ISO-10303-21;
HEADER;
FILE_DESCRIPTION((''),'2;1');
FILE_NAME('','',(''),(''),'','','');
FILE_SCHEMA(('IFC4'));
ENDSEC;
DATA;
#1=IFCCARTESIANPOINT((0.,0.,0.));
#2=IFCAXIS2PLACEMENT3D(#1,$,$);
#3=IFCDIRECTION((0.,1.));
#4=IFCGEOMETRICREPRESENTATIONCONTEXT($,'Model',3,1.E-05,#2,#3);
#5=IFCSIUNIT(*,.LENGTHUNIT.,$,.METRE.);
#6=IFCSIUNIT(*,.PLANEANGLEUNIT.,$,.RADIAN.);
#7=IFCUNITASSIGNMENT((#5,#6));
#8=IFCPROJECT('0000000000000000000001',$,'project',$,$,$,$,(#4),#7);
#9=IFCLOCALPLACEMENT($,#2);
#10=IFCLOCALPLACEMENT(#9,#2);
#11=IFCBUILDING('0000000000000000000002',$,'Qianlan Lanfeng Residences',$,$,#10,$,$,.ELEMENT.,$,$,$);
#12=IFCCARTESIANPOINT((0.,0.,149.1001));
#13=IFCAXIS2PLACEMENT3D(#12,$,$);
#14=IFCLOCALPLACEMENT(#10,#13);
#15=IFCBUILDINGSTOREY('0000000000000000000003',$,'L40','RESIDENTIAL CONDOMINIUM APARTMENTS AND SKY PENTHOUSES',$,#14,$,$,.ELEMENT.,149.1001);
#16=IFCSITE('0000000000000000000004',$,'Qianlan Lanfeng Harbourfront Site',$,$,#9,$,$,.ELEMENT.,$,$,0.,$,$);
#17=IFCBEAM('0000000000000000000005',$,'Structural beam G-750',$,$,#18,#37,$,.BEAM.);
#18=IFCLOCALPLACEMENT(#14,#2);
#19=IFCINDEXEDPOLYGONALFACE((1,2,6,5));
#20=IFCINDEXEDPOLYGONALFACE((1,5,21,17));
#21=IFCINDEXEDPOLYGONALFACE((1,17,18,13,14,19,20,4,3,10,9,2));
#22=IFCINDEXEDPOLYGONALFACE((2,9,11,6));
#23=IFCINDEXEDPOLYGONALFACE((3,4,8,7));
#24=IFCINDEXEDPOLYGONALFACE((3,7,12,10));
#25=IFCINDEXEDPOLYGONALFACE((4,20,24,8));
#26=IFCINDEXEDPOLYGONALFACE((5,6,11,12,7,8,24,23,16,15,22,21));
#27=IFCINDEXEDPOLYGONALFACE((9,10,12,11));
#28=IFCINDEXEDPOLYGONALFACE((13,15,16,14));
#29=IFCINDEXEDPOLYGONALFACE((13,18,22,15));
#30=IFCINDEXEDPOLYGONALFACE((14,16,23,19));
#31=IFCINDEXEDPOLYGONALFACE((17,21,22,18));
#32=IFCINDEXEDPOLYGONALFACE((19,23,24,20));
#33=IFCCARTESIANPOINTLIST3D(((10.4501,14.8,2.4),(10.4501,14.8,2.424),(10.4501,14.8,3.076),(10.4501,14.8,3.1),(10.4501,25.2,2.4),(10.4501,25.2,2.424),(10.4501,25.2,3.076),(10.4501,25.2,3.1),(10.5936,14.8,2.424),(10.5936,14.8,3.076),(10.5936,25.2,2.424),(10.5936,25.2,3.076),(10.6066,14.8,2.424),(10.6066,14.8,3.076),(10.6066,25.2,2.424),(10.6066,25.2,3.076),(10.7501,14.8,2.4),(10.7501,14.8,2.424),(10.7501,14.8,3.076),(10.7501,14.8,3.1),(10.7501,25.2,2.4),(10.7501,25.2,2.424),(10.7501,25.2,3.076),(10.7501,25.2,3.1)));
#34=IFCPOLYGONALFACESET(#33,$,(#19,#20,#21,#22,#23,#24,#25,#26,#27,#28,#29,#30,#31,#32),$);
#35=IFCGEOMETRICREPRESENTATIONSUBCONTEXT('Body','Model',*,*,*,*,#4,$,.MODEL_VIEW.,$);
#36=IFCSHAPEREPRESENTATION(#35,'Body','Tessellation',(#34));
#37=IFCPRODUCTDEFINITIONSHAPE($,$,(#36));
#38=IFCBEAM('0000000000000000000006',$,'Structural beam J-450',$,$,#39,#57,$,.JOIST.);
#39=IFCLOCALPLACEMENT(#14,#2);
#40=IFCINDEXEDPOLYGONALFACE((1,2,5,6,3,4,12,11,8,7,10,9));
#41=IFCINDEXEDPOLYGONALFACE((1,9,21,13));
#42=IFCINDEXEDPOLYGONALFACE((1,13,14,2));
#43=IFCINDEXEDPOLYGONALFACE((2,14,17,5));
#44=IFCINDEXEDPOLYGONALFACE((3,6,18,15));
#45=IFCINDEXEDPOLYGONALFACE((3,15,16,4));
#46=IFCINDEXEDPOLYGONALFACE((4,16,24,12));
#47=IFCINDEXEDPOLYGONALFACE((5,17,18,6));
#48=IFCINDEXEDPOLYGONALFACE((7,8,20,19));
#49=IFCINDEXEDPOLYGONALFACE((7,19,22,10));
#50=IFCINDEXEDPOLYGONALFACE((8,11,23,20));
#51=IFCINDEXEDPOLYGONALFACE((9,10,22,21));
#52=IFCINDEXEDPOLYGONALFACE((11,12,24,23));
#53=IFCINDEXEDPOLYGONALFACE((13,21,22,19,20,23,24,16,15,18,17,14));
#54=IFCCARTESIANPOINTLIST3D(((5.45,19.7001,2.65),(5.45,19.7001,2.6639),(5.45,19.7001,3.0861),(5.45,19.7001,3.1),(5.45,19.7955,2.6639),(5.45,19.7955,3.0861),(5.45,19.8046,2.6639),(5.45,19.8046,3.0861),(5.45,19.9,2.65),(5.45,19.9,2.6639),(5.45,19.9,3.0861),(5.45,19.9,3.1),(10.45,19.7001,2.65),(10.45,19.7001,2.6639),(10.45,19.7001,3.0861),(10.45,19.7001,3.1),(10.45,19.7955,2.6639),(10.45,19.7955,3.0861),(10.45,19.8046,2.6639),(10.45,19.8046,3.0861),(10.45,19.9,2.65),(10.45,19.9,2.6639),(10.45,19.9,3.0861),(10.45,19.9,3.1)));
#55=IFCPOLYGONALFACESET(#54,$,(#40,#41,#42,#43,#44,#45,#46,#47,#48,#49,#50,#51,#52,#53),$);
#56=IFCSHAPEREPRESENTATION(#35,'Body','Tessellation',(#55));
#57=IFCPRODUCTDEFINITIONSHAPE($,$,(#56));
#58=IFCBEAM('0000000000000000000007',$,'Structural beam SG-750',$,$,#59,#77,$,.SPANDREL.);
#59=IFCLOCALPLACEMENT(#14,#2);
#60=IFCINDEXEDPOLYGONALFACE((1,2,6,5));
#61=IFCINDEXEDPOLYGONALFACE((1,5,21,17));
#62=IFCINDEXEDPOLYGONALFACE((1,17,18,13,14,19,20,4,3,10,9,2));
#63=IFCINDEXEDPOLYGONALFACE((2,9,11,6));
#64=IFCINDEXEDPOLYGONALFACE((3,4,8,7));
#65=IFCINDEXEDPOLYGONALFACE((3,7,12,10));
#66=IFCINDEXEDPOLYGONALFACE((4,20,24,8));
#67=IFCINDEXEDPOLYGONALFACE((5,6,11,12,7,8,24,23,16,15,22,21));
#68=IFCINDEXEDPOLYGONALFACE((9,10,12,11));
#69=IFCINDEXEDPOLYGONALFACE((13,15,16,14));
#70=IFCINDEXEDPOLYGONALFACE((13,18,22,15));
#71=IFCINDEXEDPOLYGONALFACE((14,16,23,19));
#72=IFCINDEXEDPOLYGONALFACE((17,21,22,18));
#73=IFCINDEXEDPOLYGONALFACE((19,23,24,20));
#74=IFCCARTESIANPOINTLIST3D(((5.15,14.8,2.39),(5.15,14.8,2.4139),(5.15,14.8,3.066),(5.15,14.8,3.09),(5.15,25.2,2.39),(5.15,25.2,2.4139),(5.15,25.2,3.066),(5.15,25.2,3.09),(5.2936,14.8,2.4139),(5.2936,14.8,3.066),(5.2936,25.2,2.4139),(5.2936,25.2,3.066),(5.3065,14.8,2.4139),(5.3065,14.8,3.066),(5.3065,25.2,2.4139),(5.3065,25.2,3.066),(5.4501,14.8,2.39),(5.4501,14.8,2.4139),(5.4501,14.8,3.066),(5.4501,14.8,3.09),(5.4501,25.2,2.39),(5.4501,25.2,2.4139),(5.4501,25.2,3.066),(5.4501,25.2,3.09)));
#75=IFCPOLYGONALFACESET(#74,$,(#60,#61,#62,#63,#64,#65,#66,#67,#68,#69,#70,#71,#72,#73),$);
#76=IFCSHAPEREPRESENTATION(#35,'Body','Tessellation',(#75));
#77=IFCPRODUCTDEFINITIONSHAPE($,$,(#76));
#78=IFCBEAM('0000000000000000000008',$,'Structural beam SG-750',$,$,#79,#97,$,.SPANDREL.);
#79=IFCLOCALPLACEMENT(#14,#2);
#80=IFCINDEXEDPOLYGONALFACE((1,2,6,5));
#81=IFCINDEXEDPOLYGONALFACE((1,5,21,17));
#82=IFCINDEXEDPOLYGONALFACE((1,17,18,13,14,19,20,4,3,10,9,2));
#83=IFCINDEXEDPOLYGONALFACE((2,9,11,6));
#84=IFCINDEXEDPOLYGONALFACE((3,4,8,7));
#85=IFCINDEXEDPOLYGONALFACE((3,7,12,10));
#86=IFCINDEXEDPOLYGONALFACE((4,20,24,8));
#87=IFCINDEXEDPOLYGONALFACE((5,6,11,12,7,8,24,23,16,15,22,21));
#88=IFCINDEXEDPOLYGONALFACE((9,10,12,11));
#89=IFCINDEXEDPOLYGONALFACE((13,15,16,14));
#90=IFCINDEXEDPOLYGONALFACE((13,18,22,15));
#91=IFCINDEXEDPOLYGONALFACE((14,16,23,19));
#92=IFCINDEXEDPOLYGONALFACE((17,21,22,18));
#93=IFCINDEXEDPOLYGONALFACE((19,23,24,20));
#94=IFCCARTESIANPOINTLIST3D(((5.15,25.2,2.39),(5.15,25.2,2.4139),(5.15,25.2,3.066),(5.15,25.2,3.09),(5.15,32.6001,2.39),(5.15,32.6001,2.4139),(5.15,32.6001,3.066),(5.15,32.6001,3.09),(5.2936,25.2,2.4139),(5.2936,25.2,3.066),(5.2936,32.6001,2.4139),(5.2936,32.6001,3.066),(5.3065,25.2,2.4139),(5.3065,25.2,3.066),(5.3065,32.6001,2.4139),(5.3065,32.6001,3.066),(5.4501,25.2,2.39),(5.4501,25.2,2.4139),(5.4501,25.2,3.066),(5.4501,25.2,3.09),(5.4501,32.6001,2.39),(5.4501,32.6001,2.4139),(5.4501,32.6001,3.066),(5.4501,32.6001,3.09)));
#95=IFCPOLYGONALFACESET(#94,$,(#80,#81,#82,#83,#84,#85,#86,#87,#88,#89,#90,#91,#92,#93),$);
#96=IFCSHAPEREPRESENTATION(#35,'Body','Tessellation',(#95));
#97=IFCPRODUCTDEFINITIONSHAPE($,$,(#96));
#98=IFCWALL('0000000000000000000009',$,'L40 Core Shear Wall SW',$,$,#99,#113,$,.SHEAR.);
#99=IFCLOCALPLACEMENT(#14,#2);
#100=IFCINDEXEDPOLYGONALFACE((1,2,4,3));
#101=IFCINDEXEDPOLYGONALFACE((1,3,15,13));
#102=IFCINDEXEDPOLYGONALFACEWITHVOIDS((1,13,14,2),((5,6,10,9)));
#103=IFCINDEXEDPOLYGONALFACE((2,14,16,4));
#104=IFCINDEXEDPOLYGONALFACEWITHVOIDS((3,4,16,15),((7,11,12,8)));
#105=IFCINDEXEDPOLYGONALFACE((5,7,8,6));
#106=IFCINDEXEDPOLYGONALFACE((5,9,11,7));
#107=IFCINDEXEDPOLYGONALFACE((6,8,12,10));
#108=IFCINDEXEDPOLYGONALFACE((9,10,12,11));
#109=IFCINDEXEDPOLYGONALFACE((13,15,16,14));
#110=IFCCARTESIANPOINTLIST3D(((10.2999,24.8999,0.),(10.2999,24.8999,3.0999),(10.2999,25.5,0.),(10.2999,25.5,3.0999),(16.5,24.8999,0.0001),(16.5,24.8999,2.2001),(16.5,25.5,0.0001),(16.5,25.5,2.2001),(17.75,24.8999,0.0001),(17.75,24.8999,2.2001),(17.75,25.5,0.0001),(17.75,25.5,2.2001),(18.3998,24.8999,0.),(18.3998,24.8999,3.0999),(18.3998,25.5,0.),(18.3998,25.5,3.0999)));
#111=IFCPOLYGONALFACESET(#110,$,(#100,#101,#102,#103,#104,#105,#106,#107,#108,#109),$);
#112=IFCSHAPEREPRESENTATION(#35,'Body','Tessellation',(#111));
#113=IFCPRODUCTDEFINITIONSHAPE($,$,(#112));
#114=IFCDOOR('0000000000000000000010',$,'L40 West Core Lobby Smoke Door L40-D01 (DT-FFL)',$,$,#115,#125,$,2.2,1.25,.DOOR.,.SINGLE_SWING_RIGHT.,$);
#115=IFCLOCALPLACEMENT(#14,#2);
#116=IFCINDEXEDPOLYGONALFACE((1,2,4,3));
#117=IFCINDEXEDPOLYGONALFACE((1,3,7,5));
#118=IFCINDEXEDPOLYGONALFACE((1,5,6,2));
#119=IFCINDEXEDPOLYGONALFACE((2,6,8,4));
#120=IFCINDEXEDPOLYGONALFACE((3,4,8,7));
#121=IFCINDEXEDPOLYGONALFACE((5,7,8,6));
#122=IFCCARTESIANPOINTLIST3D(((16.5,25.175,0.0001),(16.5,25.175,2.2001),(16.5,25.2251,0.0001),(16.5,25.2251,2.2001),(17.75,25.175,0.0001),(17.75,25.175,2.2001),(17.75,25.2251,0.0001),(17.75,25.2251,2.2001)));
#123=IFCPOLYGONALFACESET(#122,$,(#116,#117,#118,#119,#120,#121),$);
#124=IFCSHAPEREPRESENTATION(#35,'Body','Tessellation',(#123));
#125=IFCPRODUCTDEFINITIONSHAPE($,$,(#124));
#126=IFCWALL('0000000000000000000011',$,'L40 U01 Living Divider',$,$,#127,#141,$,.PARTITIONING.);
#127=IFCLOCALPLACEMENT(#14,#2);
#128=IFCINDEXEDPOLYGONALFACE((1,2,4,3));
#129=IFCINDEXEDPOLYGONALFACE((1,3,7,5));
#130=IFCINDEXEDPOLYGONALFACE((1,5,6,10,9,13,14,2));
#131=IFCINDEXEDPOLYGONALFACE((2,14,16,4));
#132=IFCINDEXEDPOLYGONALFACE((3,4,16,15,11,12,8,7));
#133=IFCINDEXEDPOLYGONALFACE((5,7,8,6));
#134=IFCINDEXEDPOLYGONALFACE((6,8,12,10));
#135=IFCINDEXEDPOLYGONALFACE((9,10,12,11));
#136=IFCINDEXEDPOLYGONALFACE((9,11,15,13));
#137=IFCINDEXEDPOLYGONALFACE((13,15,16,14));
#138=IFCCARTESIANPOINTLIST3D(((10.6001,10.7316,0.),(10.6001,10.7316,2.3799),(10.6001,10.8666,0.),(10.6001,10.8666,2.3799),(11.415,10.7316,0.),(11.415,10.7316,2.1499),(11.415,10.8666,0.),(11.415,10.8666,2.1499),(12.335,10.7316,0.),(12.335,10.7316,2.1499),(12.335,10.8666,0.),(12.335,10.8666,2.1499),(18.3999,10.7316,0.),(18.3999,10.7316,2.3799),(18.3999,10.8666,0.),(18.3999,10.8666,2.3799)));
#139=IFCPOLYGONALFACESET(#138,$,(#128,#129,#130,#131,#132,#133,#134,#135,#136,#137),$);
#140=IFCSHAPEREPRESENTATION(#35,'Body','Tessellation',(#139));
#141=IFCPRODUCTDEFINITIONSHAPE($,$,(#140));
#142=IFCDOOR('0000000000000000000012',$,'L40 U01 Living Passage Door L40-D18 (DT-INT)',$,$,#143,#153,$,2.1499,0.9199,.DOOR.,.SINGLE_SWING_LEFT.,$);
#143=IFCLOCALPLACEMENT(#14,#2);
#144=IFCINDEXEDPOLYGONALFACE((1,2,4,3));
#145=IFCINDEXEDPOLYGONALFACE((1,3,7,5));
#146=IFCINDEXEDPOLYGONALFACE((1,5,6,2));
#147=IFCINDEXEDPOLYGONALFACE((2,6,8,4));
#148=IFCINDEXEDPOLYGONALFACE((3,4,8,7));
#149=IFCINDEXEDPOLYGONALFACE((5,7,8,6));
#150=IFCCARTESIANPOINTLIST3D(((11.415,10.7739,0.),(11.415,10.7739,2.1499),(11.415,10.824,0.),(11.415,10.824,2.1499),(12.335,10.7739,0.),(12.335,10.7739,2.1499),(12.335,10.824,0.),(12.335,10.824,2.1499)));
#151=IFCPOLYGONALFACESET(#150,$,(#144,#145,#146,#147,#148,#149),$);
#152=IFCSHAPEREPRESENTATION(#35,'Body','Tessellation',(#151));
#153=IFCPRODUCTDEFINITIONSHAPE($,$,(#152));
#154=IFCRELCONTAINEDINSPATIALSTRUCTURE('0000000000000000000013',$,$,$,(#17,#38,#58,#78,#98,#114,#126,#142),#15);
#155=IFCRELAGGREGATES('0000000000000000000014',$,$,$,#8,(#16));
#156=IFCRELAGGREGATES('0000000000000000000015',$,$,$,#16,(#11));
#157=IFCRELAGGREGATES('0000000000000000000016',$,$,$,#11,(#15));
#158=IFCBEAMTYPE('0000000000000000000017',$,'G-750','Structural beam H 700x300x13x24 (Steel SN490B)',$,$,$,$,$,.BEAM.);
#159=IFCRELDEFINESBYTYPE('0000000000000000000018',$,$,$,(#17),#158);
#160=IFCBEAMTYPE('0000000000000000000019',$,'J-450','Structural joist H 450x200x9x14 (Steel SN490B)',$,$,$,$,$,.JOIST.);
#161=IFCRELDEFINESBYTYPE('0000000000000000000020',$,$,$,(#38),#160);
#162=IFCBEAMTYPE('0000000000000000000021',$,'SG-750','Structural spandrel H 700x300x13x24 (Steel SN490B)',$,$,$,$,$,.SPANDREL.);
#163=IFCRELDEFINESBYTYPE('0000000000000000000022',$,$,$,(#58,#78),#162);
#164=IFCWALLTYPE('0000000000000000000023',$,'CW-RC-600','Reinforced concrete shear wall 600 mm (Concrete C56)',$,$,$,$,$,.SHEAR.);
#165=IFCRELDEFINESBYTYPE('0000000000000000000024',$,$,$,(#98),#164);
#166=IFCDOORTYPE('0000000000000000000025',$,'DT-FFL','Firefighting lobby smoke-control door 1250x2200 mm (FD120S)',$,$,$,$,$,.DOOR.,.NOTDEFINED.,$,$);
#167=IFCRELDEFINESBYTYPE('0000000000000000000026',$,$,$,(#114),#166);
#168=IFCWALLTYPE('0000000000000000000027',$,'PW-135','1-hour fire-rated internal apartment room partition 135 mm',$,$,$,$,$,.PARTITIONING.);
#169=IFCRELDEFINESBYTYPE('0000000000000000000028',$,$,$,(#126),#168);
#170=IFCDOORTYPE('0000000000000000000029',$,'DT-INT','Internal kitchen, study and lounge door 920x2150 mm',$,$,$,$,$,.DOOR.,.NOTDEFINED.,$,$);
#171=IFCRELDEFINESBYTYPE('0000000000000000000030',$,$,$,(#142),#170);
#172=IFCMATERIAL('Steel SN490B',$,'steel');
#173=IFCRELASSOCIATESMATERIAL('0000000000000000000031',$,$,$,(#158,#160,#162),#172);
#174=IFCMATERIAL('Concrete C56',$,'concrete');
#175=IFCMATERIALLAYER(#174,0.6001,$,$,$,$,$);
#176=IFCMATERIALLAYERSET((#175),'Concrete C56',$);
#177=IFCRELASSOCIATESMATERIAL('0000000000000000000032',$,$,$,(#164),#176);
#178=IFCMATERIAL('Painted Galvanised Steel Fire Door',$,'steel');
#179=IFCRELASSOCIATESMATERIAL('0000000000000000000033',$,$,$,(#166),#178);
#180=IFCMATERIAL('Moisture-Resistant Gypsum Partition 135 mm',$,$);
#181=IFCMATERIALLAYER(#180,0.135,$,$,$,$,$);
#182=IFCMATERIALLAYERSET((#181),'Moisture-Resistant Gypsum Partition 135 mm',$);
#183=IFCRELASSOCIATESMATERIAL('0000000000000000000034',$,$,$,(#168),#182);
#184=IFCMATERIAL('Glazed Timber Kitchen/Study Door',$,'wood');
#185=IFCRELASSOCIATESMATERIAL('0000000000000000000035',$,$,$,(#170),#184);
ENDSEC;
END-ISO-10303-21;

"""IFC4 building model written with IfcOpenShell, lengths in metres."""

from ifc_helpers import new_model, si_unit, direction, frame, frame_2d, origin, origin_2d, place, context, subcontext, project, spatial, rectangle, i_section, extrude, material, layer, layer_set, material_profile, profile_set, type_object, element, fill, save


model = new_model("IFC4")

# Units and contexts
model_context = context("Model", 3, precision=1e-05, world=origin(), true_north=direction((0.0, 1.0)))
body_context = subcontext(model_context, "Body", "Model", "MODEL_VIEW")
ifc_project = project(units=[si_unit("LENGTHUNIT", "METRE"), si_unit("PLANEANGLEUNIT", "RADIAN")], contexts=[model_context])

# Site, building, storey
site_placement = place(None, origin())
site = spatial("IfcSite", under=ifc_project, at=site_placement, Name="Qianlan Lanfeng Harbourfront Site", CompositionType="ELEMENT", RefElevation=0.0)
building_placement = place(site_placement, origin())
building = spatial("IfcBuilding", under=site, at=building_placement, Name="Qianlan Lanfeng Residences", CompositionType="ELEMENT")
storey_placement = place(building_placement, frame((0.0, 0.0, 149.1001)))
storey = spatial("IfcBuildingStorey", under=building, at=storey_placement, Name="L40", Description="RESIDENTIAL CONDOMINIUM APARTMENTS AND SKY PENTHOUSES", CompositionType="ELEMENT", Elevation=149.1001)

# Shared definitions
ifc_material_1 = material(Name="Steel SN490B", Category="steel")

# Beams
ifc_material_profile_1 = material_profile(ifc_material_1, i_section(OverallWidth=0.3, OverallDepth=0.7, WebThickness=0.0129, FlangeThickness=0.0239, at=origin_2d()), Name="H 700x300x13x24")
ifc_profile_set_1 = profile_set([ifc_material_profile_1], Name="Steel SN490B")
beam_type_1 = type_object("IfcBeamType", Name="G-750", Description="Structural beam H 700x300x13x24 (Steel SN490B)", PredefinedType="BEAM", material=ifc_profile_set_1)
beam_1_placement = place(storey_placement, frame((10.6001, 14.8, 2.75), z_axis=(0.0, 1.0, 0.0), x_axis=(-1.0, 0.0, 0.0)))
element("IfcBeam", 1, at=beam_1_placement, inside=storey, type_object=beam_type_1, Name="Structural beam G-750", PredefinedType="BEAM", context=body_context, shape_type="SweptSolid", body=[
    extrude(i_section(OverallWidth=0.3, OverallDepth=0.7, WebThickness=0.0129, FlangeThickness=0.0239, at=origin_2d()), origin(), (0.0, 0.0, 1.0), 10.3999),
])
ifc_material_profile_2 = material_profile(ifc_material_1, i_section(OverallWidth=0.2, OverallDepth=0.45, WebThickness=0.009, FlangeThickness=0.0139, at=origin_2d()), Name="H 450x200x9x14")
ifc_profile_set_2 = profile_set([ifc_material_profile_2], Name="Steel SN490B")
beam_type_2 = type_object("IfcBeamType", Name="J-450", Description="Structural joist H 450x200x9x14 (Steel SN490B)", PredefinedType="JOIST", material=ifc_profile_set_2)
beam_2_placement = place(storey_placement, frame((5.45, 19.8, 2.875), z_axis=(1.0, 0.0, 0.0), x_axis=(0.0, 1.0, 0.0)))
element("IfcBeam", 2, at=beam_2_placement, inside=storey, type_object=beam_type_2, Name="Structural beam J-450", PredefinedType="JOIST", context=body_context, shape_type="SweptSolid", body=[
    extrude(i_section(OverallWidth=0.2, OverallDepth=0.45, WebThickness=0.009, FlangeThickness=0.0139, at=origin_2d()), origin(), (0.0, 0.0, 1.0), 5.0),
])
ifc_material_profile_3 = material_profile(ifc_material_1, i_section(OverallWidth=0.3, OverallDepth=0.7, WebThickness=0.0129, FlangeThickness=0.0239, at=origin_2d()), Name="H 700x300x13x24")
ifc_profile_set_3 = profile_set([ifc_material_profile_3], Name="Steel SN490B")
beam_type_3 = type_object("IfcBeamType", Name="SG-750", Description="Structural spandrel H 700x300x13x24 (Steel SN490B)", PredefinedType="SPANDREL", material=ifc_profile_set_3)
beam_3_placement = place(storey_placement, frame((5.3, 14.8, 2.74), z_axis=(0.0, 1.0, 0.0), x_axis=(-1.0, 0.0, 0.0)))
element("IfcBeam", 3, at=beam_3_placement, inside=storey, type_object=beam_type_3, Name="Structural beam SG-750", PredefinedType="SPANDREL", context=body_context, shape_type="SweptSolid", body=[
    extrude(i_section(OverallWidth=0.3, OverallDepth=0.7, WebThickness=0.0129, FlangeThickness=0.0239, at=origin_2d()), origin(), (0.0, 0.0, 1.0), 10.3999),
])
beam_4_placement = place(storey_placement, frame((5.3, 25.2, 2.74), z_axis=(0.0, 1.0, 0.0), x_axis=(-1.0, 0.0, 0.0)))
element("IfcBeam", 4, at=beam_4_placement, inside=storey, type_object=beam_type_3, Name="Structural beam SG-750", PredefinedType="SPANDREL", context=body_context, shape_type="SweptSolid", body=[
    extrude(i_section(OverallWidth=0.3, OverallDepth=0.7, WebThickness=0.0129, FlangeThickness=0.0239, at=origin_2d()), origin(), (0.0, 0.0, 1.0), 7.4001),
])

# Walls, openings, doors
ifc_material_2 = material(Name="Concrete C56", Category="concrete")
ifc_layer_1 = layer(ifc_material_2, 0.6001)
ifc_layer_set_1 = layer_set([ifc_layer_1], Name="Concrete C56")
wall_type_1 = type_object("IfcWallType", Name="CW-RC-600", Description="Reinforced concrete shear wall 600 mm (Concrete C56)", PredefinedType="SHEAR", material=ifc_layer_set_1)
wall_1_placement = place(storey_placement, frame((10.3, 25.2, 0.0), z_axis=(0.0, 0.0, 1.0), x_axis=(1.0, 0.0, 0.0)))
wall_1 = element("IfcWall", 5, at=wall_1_placement, inside=storey, type_object=wall_type_1, Name="L40 Core Shear Wall SW", PredefinedType="SHEAR", context=body_context, shape_type="SweptSolid", body=[
    extrude(rectangle(XDim=8.0999, YDim=0.6001, at=frame_2d((4.0498, 0.0))), origin(), (0.0, 0.0, 1.0), 3.0999),
])
opening_1_placement = place(wall_1_placement, frame((6.2, 0.0, 0.0)))
opening_1 = element("IfcOpeningElement", 6, at=opening_1_placement, cuts=wall_1, PredefinedType="OPENING", context=body_context, shape_type="SweptSolid", body=[
    extrude(rectangle(XDim=1.25, YDim=2.2, at=frame_2d((0.625, 1.1001))), frame((0.0, 0.3101, 0.0), z_axis=(0.0, -1.0, 0.0), x_axis=(1.0, 0.0, 0.0)), (0.0, 0.0, 1.0), 0.6201),
])
ifc_material_3 = material(Name="Painted Galvanised Steel Fire Door", Category="steel")
door_type_1 = type_object("IfcDoorType", Name="DT-FFL", Description="Firefighting lobby smoke-control door 1250x2200 mm (FD120S)", OperationType="NOTDEFINED", PredefinedType="DOOR", material=ifc_material_3)
door_1_placement = place(opening_1_placement, frame((1.25, 0.0, 0.0), z_axis=(0.0, 0.0, 1.0), x_axis=(-1.0, 0.0, 0.0)))
door_1 = element("IfcDoor", 7, at=door_1_placement, inside=storey, type_object=door_type_1, Name="L40 West Core Lobby Smoke Door L40-D01 (DT-FFL)", OperationType="SINGLE_SWING_RIGHT", OverallHeight=2.2, OverallWidth=1.25, PredefinedType="DOOR", context=body_context, shape_type="SweptSolid", body=[
    extrude(rectangle(XDim=1.25, YDim=2.2, at=frame_2d((0.625, 1.1001))), frame((0.0, 0.0249, 0.0), z_axis=(0.0, -1.0, 0.0), x_axis=(1.0, 0.0, 0.0)), (0.0, 0.0, 1.0), 0.05),
])
fill(opening_1, door_1)
ifc_material_4 = material(Name="Moisture-Resistant Gypsum Partition 135 mm")
ifc_layer_2 = layer(ifc_material_4, 0.135)
ifc_layer_set_2 = layer_set([ifc_layer_2], Name="Moisture-Resistant Gypsum Partition 135 mm")
wall_type_2 = type_object("IfcWallType", Name="PW-135", Description="1-hour fire-rated internal apartment room partition 135 mm", PredefinedType="PARTITIONING", material=ifc_layer_set_2)
wall_2_placement = place(storey_placement, frame((10.6001, 10.7991, 0.0), z_axis=(0.0, 0.0, 1.0), x_axis=(1.0, 0.0, 0.0)))
wall_2 = element("IfcWall", 8, at=wall_2_placement, inside=storey, type_object=wall_type_2, Name="L40 U01 Living Divider", PredefinedType="PARTITIONING", context=body_context, shape_type="SweptSolid", body=[
    extrude(rectangle(XDim=7.7998, YDim=0.135, at=frame_2d((3.8999, 0.0))), origin(), (0.0, 0.0, 1.0), 2.3799),
])
opening_2_placement = place(wall_2_placement, frame((0.8149, 0.0, 0.0)))
opening_2 = element("IfcOpeningElement", 9, at=opening_2_placement, cuts=wall_2, PredefinedType="OPENING", context=body_context, shape_type="SweptSolid", body=[
    extrude(rectangle(XDim=0.9199, YDim=2.1499, at=frame_2d((0.46, 1.075))), frame((0.0, 0.0776, 0.0), z_axis=(0.0, -1.0, 0.0), x_axis=(1.0, 0.0, 0.0)), (0.0, 0.0, 1.0), 0.155),
])
ifc_material_5 = material(Name="Glazed Timber Kitchen/Study Door", Category="wood")
door_type_2 = type_object("IfcDoorType", Name="DT-INT", Description="Internal kitchen, study and lounge door 920x2150 mm", OperationType="NOTDEFINED", PredefinedType="DOOR", material=ifc_material_5)
door_2_placement = place(opening_2_placement, origin())
door_2 = element("IfcDoor", 10, at=door_2_placement, inside=storey, type_object=door_type_2, Name="L40 U01 Living Passage Door L40-D18 (DT-INT)", OperationType="SINGLE_SWING_LEFT", OverallHeight=2.1499, OverallWidth=0.9199, PredefinedType="DOOR", context=body_context, shape_type="SweptSolid", body=[
    extrude(rectangle(XDim=0.9199, YDim=2.1499, at=frame_2d((0.46, 1.075))), frame((0.0, 0.0249, 0.0), z_axis=(0.0, -1.0, 0.0), x_axis=(1.0, 0.0, 0.0)), (0.0, 0.0, 1.0), 0.05),
])
fill(opening_2, door_2)

save(model, "model.ifc")
